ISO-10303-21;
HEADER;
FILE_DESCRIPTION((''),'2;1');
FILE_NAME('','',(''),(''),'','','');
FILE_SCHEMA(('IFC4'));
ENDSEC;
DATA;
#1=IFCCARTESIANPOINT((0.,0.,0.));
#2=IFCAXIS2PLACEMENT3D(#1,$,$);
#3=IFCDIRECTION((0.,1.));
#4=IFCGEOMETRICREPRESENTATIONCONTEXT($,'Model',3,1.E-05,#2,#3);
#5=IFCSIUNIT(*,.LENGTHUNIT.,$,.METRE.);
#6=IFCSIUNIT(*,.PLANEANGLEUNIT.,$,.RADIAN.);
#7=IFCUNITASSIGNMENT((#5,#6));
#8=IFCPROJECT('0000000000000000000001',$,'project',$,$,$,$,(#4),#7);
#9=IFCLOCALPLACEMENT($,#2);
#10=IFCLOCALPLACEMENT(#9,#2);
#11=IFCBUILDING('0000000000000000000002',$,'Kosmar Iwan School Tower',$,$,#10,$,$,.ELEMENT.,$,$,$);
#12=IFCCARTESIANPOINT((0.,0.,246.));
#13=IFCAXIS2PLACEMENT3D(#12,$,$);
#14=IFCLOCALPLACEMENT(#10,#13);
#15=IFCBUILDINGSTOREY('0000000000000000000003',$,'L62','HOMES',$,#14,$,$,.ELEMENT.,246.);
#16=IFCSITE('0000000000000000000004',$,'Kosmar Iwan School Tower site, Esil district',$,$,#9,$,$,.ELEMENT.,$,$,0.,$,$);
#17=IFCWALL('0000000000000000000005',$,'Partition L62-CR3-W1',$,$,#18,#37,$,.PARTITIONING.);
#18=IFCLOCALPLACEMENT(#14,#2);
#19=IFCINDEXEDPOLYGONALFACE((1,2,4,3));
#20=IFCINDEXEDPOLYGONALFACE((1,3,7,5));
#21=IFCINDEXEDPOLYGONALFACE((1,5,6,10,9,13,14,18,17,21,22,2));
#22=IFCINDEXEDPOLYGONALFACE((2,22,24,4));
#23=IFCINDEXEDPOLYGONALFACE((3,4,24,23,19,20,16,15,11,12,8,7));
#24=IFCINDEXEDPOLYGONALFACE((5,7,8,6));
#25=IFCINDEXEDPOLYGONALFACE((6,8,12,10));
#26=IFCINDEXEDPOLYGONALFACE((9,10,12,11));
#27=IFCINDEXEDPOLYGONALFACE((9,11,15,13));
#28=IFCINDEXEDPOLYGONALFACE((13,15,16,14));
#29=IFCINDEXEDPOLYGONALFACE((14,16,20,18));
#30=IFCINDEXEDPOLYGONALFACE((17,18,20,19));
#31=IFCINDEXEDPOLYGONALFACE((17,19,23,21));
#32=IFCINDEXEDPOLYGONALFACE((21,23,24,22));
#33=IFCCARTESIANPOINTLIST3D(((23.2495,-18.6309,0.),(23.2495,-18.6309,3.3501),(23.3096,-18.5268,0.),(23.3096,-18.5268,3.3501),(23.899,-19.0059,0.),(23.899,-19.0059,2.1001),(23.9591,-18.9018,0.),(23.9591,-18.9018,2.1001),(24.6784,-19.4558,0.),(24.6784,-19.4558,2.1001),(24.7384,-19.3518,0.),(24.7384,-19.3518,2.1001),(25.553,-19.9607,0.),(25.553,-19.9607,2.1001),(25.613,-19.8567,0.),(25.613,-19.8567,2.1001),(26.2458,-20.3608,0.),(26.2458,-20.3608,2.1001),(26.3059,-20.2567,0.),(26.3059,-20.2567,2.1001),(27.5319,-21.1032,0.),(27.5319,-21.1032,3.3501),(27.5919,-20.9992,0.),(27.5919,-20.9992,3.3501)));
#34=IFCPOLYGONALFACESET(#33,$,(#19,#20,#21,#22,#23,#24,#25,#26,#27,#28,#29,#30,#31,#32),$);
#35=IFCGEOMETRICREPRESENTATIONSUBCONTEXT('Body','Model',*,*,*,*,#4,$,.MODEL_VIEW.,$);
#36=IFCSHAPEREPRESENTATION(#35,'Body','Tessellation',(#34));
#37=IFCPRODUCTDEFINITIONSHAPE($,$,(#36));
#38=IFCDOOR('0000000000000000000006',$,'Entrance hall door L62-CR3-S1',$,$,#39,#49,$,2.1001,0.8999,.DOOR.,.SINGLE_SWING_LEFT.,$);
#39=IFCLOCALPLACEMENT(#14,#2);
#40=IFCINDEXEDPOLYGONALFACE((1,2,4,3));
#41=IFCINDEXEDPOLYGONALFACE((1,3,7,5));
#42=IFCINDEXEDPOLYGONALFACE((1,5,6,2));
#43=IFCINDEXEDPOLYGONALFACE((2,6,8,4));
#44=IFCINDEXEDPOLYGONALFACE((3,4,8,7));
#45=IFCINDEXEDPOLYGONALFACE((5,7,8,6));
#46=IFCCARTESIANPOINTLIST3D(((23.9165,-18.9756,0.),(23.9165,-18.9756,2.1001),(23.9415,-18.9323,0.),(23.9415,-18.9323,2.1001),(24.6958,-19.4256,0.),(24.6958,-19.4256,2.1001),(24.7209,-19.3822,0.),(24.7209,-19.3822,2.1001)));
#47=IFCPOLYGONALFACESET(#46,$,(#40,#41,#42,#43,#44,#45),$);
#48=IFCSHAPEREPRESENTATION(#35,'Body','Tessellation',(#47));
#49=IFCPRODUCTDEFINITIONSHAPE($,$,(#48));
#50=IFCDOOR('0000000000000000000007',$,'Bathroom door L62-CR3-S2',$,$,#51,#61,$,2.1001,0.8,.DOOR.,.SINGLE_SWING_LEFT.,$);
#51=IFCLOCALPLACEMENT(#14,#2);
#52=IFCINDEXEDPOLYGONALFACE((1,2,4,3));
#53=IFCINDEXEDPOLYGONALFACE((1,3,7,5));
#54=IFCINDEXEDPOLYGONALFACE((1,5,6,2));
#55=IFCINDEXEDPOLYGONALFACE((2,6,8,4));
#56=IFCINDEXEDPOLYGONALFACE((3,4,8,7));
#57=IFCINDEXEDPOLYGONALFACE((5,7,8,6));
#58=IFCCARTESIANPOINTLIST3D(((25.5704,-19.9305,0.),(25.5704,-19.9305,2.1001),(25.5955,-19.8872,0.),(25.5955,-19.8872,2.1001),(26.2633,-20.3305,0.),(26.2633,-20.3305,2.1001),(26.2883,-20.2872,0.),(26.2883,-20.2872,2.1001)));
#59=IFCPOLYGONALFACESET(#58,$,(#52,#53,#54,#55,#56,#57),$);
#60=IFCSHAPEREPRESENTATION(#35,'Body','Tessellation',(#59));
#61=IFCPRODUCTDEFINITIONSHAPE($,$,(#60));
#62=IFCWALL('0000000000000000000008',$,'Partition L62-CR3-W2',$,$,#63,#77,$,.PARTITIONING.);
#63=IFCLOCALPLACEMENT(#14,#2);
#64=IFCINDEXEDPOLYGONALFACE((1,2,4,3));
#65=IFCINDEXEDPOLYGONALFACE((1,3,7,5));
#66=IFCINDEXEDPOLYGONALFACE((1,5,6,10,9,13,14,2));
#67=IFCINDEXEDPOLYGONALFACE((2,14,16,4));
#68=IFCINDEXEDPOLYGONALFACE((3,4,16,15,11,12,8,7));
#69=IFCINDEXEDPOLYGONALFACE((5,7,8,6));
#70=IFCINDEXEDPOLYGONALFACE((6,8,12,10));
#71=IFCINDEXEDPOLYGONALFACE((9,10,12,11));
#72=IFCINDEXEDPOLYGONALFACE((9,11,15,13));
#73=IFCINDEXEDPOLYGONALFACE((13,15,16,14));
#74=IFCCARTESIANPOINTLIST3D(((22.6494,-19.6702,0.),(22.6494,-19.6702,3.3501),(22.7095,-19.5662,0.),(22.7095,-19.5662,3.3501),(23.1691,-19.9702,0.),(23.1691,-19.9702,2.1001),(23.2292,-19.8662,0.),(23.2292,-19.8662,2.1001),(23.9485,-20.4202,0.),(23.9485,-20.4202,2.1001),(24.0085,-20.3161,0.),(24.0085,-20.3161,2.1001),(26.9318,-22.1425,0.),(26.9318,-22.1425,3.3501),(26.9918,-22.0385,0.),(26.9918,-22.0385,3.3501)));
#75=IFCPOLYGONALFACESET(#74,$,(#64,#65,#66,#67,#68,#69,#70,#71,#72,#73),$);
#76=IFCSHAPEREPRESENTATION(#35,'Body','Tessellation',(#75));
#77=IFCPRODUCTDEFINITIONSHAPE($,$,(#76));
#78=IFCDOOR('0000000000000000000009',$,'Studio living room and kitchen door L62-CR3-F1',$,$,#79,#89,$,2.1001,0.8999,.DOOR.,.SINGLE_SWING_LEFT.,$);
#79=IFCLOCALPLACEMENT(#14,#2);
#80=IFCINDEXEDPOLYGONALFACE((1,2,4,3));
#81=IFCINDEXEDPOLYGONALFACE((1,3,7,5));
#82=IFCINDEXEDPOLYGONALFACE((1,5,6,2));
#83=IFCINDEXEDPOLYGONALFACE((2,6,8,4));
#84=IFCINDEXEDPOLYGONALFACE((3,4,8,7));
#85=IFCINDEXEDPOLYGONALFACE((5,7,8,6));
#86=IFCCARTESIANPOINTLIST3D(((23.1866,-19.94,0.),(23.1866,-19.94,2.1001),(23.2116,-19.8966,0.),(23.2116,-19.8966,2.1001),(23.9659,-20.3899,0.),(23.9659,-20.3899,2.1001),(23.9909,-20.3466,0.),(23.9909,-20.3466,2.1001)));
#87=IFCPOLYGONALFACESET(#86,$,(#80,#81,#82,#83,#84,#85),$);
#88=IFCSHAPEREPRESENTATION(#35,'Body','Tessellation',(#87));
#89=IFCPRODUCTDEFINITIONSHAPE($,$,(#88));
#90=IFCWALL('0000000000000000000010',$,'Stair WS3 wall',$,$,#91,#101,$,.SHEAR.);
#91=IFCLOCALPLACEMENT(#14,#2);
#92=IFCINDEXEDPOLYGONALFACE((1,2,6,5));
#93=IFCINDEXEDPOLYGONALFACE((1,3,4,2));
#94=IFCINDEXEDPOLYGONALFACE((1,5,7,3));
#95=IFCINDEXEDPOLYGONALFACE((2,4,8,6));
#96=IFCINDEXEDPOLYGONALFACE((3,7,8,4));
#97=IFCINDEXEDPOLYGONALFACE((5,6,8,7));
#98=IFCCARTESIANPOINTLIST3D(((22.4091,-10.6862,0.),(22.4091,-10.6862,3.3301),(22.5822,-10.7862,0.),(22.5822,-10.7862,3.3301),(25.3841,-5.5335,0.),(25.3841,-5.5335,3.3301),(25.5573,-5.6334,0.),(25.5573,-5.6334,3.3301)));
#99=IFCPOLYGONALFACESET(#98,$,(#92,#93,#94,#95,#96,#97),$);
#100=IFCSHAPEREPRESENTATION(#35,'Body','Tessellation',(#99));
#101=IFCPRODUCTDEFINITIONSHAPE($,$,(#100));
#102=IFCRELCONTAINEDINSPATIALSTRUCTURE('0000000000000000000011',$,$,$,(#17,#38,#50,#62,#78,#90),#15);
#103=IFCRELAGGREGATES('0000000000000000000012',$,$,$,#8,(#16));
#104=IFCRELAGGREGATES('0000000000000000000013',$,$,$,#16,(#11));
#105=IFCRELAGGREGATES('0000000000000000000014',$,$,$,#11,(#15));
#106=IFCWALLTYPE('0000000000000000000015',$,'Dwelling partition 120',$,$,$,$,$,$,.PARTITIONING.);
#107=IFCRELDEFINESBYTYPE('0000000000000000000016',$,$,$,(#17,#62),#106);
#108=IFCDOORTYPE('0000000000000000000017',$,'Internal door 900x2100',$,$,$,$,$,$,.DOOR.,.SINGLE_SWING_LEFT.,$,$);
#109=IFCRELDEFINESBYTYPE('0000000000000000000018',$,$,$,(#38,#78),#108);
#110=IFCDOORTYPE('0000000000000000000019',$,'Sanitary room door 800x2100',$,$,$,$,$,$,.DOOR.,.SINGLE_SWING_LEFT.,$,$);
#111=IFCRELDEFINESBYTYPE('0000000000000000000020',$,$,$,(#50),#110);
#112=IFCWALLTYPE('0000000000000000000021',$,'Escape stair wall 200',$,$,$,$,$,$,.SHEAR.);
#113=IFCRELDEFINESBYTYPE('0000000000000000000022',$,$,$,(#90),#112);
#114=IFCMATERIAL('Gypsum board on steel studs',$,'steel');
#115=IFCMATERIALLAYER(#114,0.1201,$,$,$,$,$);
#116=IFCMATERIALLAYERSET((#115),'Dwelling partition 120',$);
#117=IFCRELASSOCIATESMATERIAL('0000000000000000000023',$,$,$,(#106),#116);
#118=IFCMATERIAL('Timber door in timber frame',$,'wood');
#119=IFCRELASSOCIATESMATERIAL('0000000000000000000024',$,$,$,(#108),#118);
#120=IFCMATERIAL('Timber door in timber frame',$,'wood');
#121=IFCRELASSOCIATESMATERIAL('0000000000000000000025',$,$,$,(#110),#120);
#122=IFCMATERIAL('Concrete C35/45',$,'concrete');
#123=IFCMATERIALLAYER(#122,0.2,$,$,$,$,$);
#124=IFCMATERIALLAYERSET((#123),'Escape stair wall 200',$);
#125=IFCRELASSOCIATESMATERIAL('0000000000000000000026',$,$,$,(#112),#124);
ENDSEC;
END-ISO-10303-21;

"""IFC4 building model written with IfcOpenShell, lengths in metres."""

from ifc_helpers import new_model, si_unit, direction, frame, frame_2d, origin, place, context, subcontext, project, spatial, rectangle, extrude, material, layer, layer_set, type_object, element, fill, save


model = new_model("IFC4")

# Units and contexts
model_context = context("Model", 3, precision=1e-05, world=origin(), true_north=direction((0.0, 1.0)))
body_context = subcontext(model_context, "Body", "Model", "MODEL_VIEW")
ifc_project = project(units=[si_unit("LENGTHUNIT", "METRE"), si_unit("PLANEANGLEUNIT", "RADIAN")], contexts=[model_context])

# Site, building, storey
site_placement = place(None, origin())
site = spatial("IfcSite", under=ifc_project, at=site_placement, Name="Kosmar Iwan School Tower site, Esil district", CompositionType="ELEMENT", RefElevation=0.0)
building_placement = place(site_placement, origin())
building = spatial("IfcBuilding", under=site, at=building_placement, Name="Kosmar Iwan School Tower", CompositionType="ELEMENT")
storey_placement = place(building_placement, frame((0.0, 0.0, 246.0)))
storey = spatial("IfcBuildingStorey", under=building, at=storey_placement, Name="L62", Description="HOMES", CompositionType="ELEMENT", Elevation=246.0)

# Shared definitions
ifc_material_1 = material(Name="Gypsum board on steel studs", Category="steel")
ifc_layer_1 = layer(ifc_material_1, 0.1201)
ifc_layer_set_1 = layer_set([ifc_layer_1], Name="Dwelling partition 120")
wall_type_1 = type_object("IfcWallType", Name="Dwelling partition 120", PredefinedType="PARTITIONING", material=ifc_layer_set_1)

# Wall, openings, doors
wall_1_placement = place(storey_placement, frame((23.2795, -18.5789, 0.0), z_axis=(0.0, 0.0, 1.0), x_axis=(0.866032, -0.499989, 0.0)))
wall_1 = element("IfcWall", 1, at=wall_1_placement, inside=storey, type_object=wall_type_1, Name="Partition L62-CR3-W1", PredefinedType="PARTITIONING", context=body_context, shape_type="SweptSolid", body=[
    extrude(rectangle(XDim=4.9448, YDim=0.1201, at=frame_2d((2.4724, 0.0))), origin(), (0.0, 0.0, 1.0), 3.3501),
])
opening_1_placement = place(wall_1_placement, frame((0.75, 0.0, 0.0)))
opening_1 = element("IfcOpeningElement", 2, at=opening_1_placement, cuts=wall_1, PredefinedType="OPENING", context=body_context, shape_type="SweptSolid", body=[
    extrude(rectangle(XDim=0.8999, YDim=2.1001, at=frame_2d((0.45, 1.05))), frame((0.0, 0.072, 0.0), z_axis=(0.0, -1.0, 0.0), x_axis=(1.0, 0.0, 0.0)), (0.0, 0.0, 1.0), 0.144),
])
opening_2_placement = place(wall_1_placement, frame((2.6599, 0.0, 0.0)))
opening_2 = element("IfcOpeningElement", 3, at=opening_2_placement, cuts=wall_1, PredefinedType="OPENING", context=body_context, shape_type="SweptSolid", body=[
    extrude(rectangle(XDim=0.8, YDim=2.1001, at=frame_2d((0.3999, 1.05))), frame((0.0, 0.072, 0.0), z_axis=(0.0, -1.0, 0.0), x_axis=(1.0, 0.0, 0.0)), (0.0, 0.0, 1.0), 0.144),
])
ifc_material_2 = material(Name="Timber door in timber frame", Category="wood")
door_type_1 = type_object("IfcDoorType", Name="Internal door 900x2100", OperationType="SINGLE_SWING_LEFT", PredefinedType="DOOR", material=ifc_material_2)
door_1_placement = place(opening_1_placement, origin())
door_1 = element("IfcDoor", 4, at=door_1_placement, inside=storey, type_object=door_type_1, Name="Entrance hall door L62-CR3-S1", OperationType="SINGLE_SWING_LEFT", OverallHeight=2.1001, OverallWidth=0.8999, PredefinedType="DOOR", context=body_context, shape_type="SweptSolid", body=[
    extrude(rectangle(XDim=0.8999, YDim=2.1001, at=frame_2d((0.45, 1.05))), frame((0.0, 0.0249, 0.0), z_axis=(0.0, -1.0, 0.0), x_axis=(1.0, 0.0, 0.0)), (0.0, 0.0, 1.0), 0.05),
])
fill(opening_1, door_1)
ifc_material_3 = material(Name="Timber door in timber frame", Category="wood")
door_type_2 = type_object("IfcDoorType", Name="Sanitary room door 800x2100", OperationType="SINGLE_SWING_LEFT", PredefinedType="DOOR", material=ifc_material_3)
door_2_placement = place(opening_2_placement, origin())
door_2 = element("IfcDoor", 5, at=door_2_placement, inside=storey, type_object=door_type_2, Name="Bathroom door L62-CR3-S2", OperationType="SINGLE_SWING_LEFT", OverallHeight=2.1001, OverallWidth=0.8, PredefinedType="DOOR", context=body_context, shape_type="SweptSolid", body=[
    extrude(rectangle(XDim=0.8, YDim=2.1001, at=frame_2d((0.3999, 1.05))), frame((0.0, 0.0249, 0.0), z_axis=(0.0, -1.0, 0.0), x_axis=(1.0, 0.0, 0.0)), (0.0, 0.0, 1.0), 0.05),
])
fill(opening_2, door_2)

# Wall, opening, door
wall_2_placement = place(storey_placement, frame((22.6794, -19.6182, 0.0), z_axis=(0.0, 0.0, 1.0), x_axis=(0.866032, -0.499989, 0.0)))
wall_2 = element("IfcWall", 6, at=wall_2_placement, inside=storey, type_object=wall_type_1, Name="Partition L62-CR3-W2", PredefinedType="PARTITIONING", context=body_context, shape_type="SweptSolid", body=[
    extrude(rectangle(XDim=4.9448, YDim=0.1201, at=frame_2d((2.4724, 0.0))), origin(), (0.0, 0.0, 1.0), 3.3501),
])
opening_3_placement = place(wall_2_placement, frame((0.6001, 0.0, 0.0)))
opening_3 = element("IfcOpeningElement", 7, at=opening_3_placement, cuts=wall_2, PredefinedType="OPENING", context=body_context, shape_type="SweptSolid", body=[
    extrude(rectangle(XDim=0.8999, YDim=2.1001, at=frame_2d((0.45, 1.05))), frame((0.0, 0.072, 0.0), z_axis=(0.0, -1.0, 0.0), x_axis=(1.0, 0.0, 0.0)), (0.0, 0.0, 1.0), 0.144),
])
door_3_placement = place(opening_3_placement, origin())
door_3 = element("IfcDoor", 8, at=door_3_placement, inside=storey, type_object=door_type_1, Name="Studio living room and kitchen door L62-CR3-F1", OperationType="SINGLE_SWING_LEFT", OverallHeight=2.1001, OverallWidth=0.8999, PredefinedType="DOOR", context=body_context, shape_type="SweptSolid", body=[
    extrude(rectangle(XDim=0.8999, YDim=2.1001, at=frame_2d((0.45, 1.05))), frame((0.0, 0.0249, 0.0), z_axis=(0.0, -1.0, 0.0), x_axis=(1.0, 0.0, 0.0)), (0.0, 0.0, 1.0), 0.05),
])
fill(opening_3, door_3)

# Wall
ifc_material_4 = material(Name="Concrete C35/45", Category="concrete")
ifc_layer_2 = layer(ifc_material_4, 0.2)
ifc_layer_set_2 = layer_set([ifc_layer_2], Name="Escape stair wall 200")
wall_type_2 = type_object("IfcWallType", Name="Escape stair wall 200", PredefinedType="SHEAR", material=ifc_layer_set_2)
wall_3_placement = place(storey_placement, frame((22.4956, -10.7363, 0.0), z_axis=(0.0, 0.0, 1.0), x_axis=(0.500014, 0.866017, 0.0)))
element("IfcWall", 9, at=wall_3_placement, inside=storey, type_object=wall_type_2, Name="Stair WS3 wall", PredefinedType="SHEAR", context=body_context, shape_type="SweptSolid", body=[
    extrude(rectangle(XDim=5.95, YDim=0.2, at=frame_2d((2.9751, 0.0))), origin(), (0.0, 0.0, 1.0), 3.3301),
])

save(model, "model.ifc")
